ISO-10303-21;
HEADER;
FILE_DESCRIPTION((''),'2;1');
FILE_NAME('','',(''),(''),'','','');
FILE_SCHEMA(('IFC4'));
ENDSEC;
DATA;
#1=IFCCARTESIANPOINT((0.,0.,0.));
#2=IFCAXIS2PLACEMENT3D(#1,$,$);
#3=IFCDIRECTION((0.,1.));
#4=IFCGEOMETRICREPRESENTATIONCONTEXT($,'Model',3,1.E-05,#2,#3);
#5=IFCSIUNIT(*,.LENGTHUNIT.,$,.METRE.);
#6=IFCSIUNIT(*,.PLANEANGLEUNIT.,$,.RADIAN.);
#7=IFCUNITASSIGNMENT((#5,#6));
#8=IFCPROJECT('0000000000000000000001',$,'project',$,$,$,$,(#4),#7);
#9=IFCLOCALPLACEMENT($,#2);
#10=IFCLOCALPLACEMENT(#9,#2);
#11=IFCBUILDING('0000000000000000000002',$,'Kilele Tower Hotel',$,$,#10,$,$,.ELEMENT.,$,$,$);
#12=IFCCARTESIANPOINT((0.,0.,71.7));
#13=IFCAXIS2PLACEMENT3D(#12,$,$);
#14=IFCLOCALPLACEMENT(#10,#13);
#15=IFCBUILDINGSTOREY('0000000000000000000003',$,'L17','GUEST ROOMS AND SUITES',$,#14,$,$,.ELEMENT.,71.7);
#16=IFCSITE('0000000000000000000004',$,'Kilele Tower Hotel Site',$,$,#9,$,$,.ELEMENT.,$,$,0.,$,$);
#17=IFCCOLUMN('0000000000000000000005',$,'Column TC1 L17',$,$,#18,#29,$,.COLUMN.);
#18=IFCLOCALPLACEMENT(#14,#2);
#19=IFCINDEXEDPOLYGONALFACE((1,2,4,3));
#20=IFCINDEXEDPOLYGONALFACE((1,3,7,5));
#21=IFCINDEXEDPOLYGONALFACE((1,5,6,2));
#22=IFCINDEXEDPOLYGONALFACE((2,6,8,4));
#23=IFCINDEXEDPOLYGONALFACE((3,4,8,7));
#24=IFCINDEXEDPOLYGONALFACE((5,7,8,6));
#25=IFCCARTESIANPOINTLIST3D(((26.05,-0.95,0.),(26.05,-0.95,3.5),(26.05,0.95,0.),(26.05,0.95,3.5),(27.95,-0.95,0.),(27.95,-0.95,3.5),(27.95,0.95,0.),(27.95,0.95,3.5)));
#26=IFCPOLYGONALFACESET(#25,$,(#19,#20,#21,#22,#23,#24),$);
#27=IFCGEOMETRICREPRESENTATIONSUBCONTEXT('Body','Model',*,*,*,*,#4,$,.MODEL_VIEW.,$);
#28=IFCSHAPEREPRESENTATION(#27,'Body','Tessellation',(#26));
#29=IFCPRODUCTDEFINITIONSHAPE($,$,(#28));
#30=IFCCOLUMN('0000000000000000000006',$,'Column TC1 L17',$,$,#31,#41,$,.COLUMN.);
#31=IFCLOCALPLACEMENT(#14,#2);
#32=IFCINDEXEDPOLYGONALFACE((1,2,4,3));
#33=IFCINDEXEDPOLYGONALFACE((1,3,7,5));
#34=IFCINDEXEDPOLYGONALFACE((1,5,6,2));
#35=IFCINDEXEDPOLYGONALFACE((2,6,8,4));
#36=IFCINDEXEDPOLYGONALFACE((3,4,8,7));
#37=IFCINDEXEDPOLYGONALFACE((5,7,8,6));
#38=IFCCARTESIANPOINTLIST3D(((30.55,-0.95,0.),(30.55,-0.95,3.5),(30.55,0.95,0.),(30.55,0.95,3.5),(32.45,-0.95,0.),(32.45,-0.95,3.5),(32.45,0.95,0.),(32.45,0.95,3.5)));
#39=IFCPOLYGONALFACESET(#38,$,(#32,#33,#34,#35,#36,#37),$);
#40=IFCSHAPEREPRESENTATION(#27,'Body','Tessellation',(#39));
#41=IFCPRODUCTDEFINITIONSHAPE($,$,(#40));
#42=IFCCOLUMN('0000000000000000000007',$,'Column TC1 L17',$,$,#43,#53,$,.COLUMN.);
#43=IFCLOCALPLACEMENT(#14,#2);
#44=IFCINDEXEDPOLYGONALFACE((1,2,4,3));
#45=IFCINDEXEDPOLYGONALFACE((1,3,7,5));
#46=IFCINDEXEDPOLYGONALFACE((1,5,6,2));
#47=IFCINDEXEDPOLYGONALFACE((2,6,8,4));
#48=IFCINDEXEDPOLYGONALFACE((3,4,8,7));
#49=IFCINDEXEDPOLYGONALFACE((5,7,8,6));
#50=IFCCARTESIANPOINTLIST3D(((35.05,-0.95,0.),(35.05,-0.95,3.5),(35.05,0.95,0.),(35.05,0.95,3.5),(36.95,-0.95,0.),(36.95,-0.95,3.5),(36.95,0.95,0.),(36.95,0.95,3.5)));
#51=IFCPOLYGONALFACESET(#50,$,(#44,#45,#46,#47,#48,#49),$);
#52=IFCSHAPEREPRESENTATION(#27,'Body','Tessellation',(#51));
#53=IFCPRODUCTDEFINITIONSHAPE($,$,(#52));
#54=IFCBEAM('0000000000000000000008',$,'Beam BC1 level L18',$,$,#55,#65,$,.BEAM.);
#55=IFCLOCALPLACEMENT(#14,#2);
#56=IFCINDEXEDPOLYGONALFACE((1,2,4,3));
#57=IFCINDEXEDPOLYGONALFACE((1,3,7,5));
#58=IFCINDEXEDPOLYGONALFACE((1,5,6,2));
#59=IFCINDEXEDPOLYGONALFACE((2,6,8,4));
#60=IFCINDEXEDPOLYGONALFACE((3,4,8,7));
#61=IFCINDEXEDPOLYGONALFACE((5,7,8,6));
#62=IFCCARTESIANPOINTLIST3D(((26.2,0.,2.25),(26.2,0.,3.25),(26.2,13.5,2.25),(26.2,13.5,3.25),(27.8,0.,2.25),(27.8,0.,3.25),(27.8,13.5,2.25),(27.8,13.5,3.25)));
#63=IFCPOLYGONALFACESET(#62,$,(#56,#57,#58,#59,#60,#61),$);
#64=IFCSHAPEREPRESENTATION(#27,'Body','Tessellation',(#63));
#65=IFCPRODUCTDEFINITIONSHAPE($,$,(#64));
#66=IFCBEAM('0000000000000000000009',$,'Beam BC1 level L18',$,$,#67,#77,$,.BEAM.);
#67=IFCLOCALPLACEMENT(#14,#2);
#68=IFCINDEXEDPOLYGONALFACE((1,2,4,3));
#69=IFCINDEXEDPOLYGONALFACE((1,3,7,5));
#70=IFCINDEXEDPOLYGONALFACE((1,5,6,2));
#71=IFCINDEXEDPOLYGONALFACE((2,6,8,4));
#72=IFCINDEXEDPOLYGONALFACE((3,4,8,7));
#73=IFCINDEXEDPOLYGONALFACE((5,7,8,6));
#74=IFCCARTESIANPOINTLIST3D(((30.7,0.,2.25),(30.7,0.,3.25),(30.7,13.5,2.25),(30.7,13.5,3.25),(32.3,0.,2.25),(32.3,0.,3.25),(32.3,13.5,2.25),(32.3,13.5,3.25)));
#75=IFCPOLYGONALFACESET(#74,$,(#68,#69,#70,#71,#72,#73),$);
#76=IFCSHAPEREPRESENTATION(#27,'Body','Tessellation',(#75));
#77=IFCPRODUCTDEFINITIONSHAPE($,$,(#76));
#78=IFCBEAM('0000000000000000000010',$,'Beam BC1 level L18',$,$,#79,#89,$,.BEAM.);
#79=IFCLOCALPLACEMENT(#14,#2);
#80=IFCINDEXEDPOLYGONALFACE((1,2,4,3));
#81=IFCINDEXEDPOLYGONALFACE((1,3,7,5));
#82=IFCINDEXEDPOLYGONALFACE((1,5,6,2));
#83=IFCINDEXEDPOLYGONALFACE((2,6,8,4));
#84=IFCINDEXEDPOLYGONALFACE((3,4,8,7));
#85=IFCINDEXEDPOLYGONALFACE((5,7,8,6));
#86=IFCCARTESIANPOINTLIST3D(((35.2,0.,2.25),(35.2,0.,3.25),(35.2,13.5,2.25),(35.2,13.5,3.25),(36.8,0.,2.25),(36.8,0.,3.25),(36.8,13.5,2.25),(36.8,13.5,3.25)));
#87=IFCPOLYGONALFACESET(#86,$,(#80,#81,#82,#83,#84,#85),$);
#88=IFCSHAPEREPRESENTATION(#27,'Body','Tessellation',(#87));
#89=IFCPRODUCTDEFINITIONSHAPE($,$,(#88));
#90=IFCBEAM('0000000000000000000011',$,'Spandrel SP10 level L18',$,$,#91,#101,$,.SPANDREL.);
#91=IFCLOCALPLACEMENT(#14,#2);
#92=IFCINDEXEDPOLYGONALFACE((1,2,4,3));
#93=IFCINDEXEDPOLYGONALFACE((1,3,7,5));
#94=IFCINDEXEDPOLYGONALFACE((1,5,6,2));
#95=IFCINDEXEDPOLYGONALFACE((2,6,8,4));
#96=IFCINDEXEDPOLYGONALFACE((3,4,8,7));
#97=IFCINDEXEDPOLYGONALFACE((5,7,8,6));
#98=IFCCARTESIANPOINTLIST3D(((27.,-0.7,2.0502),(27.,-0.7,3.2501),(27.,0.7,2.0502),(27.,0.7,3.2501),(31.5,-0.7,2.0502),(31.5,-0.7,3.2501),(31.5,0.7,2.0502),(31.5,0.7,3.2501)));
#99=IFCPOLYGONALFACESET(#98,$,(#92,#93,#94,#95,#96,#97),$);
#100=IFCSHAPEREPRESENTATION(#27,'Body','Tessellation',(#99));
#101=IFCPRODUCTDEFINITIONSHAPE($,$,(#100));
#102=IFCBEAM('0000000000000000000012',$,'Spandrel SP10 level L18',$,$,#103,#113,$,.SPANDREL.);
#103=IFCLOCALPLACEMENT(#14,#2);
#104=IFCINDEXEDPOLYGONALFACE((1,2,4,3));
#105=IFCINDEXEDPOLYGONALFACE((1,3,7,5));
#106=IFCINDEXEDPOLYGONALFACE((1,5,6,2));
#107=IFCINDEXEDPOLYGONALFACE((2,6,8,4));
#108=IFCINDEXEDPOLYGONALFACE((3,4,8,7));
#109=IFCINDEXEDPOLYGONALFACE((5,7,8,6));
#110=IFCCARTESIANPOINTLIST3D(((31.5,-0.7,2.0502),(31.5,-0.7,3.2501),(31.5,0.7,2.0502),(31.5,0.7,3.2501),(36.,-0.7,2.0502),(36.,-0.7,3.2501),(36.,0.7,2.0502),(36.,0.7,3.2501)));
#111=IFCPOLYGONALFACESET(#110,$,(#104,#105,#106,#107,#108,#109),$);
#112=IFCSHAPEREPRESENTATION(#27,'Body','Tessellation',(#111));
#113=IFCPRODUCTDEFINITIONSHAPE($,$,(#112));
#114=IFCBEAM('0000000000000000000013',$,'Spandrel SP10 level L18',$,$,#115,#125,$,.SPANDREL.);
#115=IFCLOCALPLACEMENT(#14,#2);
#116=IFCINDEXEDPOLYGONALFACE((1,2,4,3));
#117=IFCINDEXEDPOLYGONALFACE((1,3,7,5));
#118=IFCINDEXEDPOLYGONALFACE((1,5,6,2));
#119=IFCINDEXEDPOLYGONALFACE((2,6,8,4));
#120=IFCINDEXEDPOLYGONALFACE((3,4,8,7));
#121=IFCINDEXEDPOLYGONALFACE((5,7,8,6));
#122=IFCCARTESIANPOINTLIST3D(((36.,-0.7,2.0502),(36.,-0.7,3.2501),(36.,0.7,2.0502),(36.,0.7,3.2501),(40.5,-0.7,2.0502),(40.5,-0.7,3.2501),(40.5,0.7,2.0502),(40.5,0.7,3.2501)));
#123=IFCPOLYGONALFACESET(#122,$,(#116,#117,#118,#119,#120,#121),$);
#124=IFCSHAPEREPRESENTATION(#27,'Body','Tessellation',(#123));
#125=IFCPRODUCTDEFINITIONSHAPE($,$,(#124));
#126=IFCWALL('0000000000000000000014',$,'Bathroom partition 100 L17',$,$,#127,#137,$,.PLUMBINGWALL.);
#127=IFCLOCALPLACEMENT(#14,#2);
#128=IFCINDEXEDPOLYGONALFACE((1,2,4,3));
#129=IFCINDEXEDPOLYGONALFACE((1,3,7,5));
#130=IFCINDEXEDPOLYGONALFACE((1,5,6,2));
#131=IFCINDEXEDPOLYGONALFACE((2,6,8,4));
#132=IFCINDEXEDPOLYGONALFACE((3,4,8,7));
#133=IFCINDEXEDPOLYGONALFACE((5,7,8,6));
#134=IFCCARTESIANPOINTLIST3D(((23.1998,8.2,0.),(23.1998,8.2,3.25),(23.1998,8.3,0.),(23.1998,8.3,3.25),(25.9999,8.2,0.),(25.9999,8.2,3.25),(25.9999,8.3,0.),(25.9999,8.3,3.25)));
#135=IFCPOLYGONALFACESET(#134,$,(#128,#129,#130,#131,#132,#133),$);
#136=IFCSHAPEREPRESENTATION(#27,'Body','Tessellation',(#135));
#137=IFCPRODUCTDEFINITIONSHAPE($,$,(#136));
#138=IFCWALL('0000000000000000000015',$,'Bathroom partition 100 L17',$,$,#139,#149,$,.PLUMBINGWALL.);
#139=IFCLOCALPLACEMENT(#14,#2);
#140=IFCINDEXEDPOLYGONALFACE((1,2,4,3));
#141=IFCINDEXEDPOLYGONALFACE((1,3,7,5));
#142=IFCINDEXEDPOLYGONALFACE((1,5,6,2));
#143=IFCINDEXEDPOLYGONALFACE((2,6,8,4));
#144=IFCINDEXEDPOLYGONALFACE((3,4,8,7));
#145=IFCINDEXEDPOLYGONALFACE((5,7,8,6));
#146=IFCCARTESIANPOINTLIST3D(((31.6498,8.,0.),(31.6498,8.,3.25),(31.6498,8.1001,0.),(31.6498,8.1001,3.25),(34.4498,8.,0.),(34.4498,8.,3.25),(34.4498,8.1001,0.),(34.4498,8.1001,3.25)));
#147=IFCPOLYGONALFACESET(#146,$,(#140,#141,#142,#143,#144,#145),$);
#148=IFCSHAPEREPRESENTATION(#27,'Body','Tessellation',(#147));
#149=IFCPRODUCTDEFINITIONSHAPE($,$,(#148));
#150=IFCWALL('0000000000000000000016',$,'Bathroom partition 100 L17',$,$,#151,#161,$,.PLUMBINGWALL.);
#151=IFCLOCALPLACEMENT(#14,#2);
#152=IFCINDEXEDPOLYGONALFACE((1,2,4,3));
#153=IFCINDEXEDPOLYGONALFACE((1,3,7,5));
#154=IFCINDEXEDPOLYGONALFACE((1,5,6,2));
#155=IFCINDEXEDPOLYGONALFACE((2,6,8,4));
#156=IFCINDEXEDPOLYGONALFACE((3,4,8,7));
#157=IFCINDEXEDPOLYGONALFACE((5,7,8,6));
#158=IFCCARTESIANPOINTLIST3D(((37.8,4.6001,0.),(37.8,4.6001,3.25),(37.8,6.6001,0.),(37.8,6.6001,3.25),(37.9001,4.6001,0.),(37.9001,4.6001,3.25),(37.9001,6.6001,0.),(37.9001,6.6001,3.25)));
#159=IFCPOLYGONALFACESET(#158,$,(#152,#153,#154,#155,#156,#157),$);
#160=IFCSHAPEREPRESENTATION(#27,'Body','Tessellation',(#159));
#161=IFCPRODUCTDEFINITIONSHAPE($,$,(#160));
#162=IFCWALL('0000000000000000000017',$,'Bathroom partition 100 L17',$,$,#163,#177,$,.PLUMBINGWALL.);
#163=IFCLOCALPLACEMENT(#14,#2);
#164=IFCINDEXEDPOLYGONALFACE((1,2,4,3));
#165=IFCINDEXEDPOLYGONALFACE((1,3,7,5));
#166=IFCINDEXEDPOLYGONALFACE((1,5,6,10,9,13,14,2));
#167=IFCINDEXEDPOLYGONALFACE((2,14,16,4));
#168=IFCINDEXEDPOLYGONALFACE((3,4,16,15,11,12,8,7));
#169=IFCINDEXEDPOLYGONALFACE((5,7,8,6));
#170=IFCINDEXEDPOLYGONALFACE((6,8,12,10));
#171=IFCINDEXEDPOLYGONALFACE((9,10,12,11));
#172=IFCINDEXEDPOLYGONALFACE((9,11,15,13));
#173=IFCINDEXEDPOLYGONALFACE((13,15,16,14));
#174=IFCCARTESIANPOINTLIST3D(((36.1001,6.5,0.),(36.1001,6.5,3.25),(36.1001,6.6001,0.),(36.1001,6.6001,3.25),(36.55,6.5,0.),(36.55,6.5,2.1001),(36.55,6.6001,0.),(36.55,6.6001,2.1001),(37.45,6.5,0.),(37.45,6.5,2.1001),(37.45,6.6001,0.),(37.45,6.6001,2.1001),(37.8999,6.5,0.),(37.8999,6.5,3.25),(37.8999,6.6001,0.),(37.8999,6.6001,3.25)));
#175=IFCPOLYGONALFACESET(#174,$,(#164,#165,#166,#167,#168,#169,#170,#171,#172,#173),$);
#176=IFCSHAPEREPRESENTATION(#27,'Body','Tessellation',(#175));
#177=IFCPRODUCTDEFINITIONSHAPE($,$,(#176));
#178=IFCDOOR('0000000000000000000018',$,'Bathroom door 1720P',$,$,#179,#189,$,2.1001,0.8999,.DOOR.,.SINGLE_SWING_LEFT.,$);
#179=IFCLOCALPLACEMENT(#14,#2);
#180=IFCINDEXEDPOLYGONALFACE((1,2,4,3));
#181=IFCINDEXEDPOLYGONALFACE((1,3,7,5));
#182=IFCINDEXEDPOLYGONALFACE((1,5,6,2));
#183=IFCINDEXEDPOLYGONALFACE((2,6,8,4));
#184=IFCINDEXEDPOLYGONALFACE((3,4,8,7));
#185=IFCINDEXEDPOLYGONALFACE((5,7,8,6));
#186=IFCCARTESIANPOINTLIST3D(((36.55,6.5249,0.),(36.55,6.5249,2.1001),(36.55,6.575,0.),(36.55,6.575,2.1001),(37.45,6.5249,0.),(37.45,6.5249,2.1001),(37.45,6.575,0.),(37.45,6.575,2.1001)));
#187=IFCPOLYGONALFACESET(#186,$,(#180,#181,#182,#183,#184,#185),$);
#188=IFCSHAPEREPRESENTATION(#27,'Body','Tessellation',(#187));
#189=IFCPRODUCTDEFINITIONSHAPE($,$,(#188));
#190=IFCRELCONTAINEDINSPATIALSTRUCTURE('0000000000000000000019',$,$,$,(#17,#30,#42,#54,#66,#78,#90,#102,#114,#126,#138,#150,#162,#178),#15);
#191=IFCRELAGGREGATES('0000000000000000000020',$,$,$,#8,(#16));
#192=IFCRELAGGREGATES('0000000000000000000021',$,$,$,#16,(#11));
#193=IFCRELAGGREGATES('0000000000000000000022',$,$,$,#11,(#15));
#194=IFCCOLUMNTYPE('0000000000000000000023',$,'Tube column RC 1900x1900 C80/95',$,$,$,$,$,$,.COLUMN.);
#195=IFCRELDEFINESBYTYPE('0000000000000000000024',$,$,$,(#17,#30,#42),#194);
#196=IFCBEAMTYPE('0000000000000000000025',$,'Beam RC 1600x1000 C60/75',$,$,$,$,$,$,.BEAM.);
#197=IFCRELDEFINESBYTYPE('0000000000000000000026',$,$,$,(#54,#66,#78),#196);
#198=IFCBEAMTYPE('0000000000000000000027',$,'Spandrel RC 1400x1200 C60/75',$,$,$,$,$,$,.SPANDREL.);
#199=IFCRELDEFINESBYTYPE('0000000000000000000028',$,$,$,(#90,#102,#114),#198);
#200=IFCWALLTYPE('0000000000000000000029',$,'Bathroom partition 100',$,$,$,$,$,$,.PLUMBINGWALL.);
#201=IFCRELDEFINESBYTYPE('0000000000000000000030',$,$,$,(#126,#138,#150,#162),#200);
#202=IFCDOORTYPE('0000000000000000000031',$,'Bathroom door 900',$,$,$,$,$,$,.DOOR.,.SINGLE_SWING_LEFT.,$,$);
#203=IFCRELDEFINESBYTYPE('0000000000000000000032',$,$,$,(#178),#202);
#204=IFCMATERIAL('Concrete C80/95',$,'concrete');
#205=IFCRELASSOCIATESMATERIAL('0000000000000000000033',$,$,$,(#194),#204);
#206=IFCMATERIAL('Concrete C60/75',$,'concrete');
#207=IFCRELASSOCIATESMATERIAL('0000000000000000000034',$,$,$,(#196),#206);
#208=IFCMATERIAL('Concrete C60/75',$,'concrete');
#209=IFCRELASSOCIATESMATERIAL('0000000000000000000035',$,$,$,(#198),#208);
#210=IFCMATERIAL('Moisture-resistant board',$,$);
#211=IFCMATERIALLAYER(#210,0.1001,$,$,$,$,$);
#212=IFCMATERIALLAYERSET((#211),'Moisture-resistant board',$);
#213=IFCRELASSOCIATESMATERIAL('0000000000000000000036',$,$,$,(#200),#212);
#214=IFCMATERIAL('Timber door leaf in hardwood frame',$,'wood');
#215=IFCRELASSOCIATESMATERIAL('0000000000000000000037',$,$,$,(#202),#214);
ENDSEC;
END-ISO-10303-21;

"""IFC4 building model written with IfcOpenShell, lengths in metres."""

from ifc_helpers import new_model, si_unit, direction, frame, frame_2d, origin, origin_2d, place, context, subcontext, project, spatial, rectangle, extrude, material, layer, layer_set, material_profile, profile_set, type_object, element, fill, save


model = new_model("IFC4")

# Units and contexts
model_context = context("Model", 3, precision=1e-05, world=origin(), true_north=direction((0.0, 1.0)))
body_context = subcontext(model_context, "Body", "Model", "MODEL_VIEW")
ifc_project = project(units=[si_unit("LENGTHUNIT", "METRE"), si_unit("PLANEANGLEUNIT", "RADIAN")], contexts=[model_context])

# Site, building, storey
site_placement = place(None, origin())
site = spatial("IfcSite", under=ifc_project, at=site_placement, Name="Kilele Tower Hotel Site", CompositionType="ELEMENT", RefElevation=0.0)
building_placement = place(site_placement, origin())
building = spatial("IfcBuilding", under=site, at=building_placement, Name="Kilele Tower Hotel", CompositionType="ELEMENT")
storey_placement = place(building_placement, frame((0.0, 0.0, 71.7)))
storey = spatial("IfcBuildingStorey", under=building, at=storey_placement, Name="L17", Description="GUEST ROOMS AND SUITES", CompositionType="ELEMENT", Elevation=71.7)

# Columns
ifc_material_1 = material(Name="Concrete C80/95", Category="concrete")
ifc_material_profile_1 = material_profile(ifc_material_1, rectangle(XDim=1.8999, YDim=1.8999, at=origin_2d()))
ifc_profile_set_1 = profile_set([ifc_material_profile_1], Name="Concrete C80/95")
column_type = type_object("IfcColumnType", Name="Tube column RC 1900x1900 C80/95", PredefinedType="COLUMN", material=ifc_profile_set_1)
for number, where, z_axis, x_axis, name in (
    (1, (27.0, 0.0, 0.0), (0.0, 0.0, 1.0), (1.0, 0.0, 0.0), "Column TC1 L17"),
    (2, (31.5, 0.0, 0.0), (0.0, 0.0, 1.0), (1.0, 0.0, 0.0), "Column TC1 L17"),
    (3, (36.0, 0.0, 0.0), (0.0, 0.0, 1.0), (1.0, 0.0, 0.0), "Column TC1 L17"),
):
    element("IfcColumn", number, at=place(storey_placement, frame(where, z_axis=z_axis, x_axis=x_axis)), inside=storey, type_object=column_type, Name=name, PredefinedType="COLUMN", context=body_context, shape_type="SweptSolid", body=[
        extrude(rectangle(XDim=1.8999, YDim=1.8999, at=origin_2d()), origin(), (0.0, 0.0, 1.0), 3.5),
    ])

# Beams
ifc_material_2 = material(Name="Concrete C60/75", Category="concrete")
ifc_material_profile_2 = material_profile(ifc_material_2, rectangle(XDim=1.6001, YDim=1.0, at=origin_2d()))
ifc_profile_set_2 = profile_set([ifc_material_profile_2], Name="Concrete C60/75")
beam_type_1 = type_object("IfcBeamType", Name="Beam RC 1600x1000 C60/75", PredefinedType="BEAM", material=ifc_profile_set_2)
for number, where, z_axis, x_axis, name in (
    (4, (27.0, 0.0, 2.75), (0.0, 1.0, 0.0), (-1.0, 0.0, 0.0), "Beam BC1 level L18"),
    (5, (31.5, 0.0, 2.75), (0.0, 1.0, 0.0), (-1.0, 0.0, 0.0), "Beam BC1 level L18"),
    (6, (36.0, 0.0, 2.75), (0.0, 1.0, 0.0), (-1.0, 0.0, 0.0), "Beam BC1 level L18"),
):
    element("IfcBeam", number, at=place(storey_placement, frame(where, z_axis=z_axis, x_axis=x_axis)), inside=storey, type_object=beam_type_1, Name=name, PredefinedType="BEAM", context=body_context, shape_type="SweptSolid", body=[
        extrude(rectangle(XDim=1.6001, YDim=1.0, at=origin_2d()), origin(), (0.0, 0.0, 1.0), 13.5),
    ])
ifc_material_3 = material(Name="Concrete C60/75", Category="concrete")
ifc_material_profile_3 = material_profile(ifc_material_3, rectangle(XDim=1.3999, YDim=1.2, at=origin_2d()))
ifc_profile_set_3 = profile_set([ifc_material_profile_3], Name="Concrete C60/75")
beam_type_2 = type_object("IfcBeamType", Name="Spandrel RC 1400x1200 C60/75", PredefinedType="SPANDREL", material=ifc_profile_set_3)
for number, where, z_axis, x_axis, name in (
    (7, (27.0, 0.0, 2.6501), (1.0, 0.0, 0.0), (0.0, 1.0, 0.0), "Spandrel SP10 level L18"),
    (8, (31.5, 0.0, 2.6501), (1.0, 0.0, 0.0), (0.0, 1.0, 0.0), "Spandrel SP10 level L18"),
    (9, (36.0, 0.0, 2.6501), (1.0, 0.0, 0.0), (0.0, 1.0, 0.0), "Spandrel SP10 level L18"),
):
    element("IfcBeam", number, at=place(storey_placement, frame(where, z_axis=z_axis, x_axis=x_axis)), inside=storey, type_object=beam_type_2, Name=name, PredefinedType="SPANDREL", context=body_context, shape_type="SweptSolid", body=[
        extrude(rectangle(XDim=1.3999, YDim=1.2, at=origin_2d()), origin(), (0.0, 0.0, 1.0), 4.5),
    ])

# Walls
ifc_material_4 = material(Name="Moisture-resistant board")
ifc_layer_1 = layer(ifc_material_4, 0.1001)
ifc_layer_set_1 = layer_set([ifc_layer_1], Name="Moisture-resistant board")
wall_type_1 = type_object("IfcWallType", Name="Bathroom partition 100", PredefinedType="PLUMBINGWALL", material=ifc_layer_set_1)
for number, where, z_axis, x_axis, name in (
    (10, (23.2, 8.25, 0.0), (0.0, 0.0, 1.0), (1.0, 0.0, 0.0), "Bathroom partition 100 L17"),
    (11, (31.6499, 8.05, 0.0), (0.0, 0.0, 1.0), (1.0, 0.0, 0.0), "Bathroom partition 100 L17"),
):
    element("IfcWall", number, at=place(storey_placement, frame(where, z_axis=z_axis, x_axis=x_axis)), inside=storey, type_object=wall_type_1, Name=name, PredefinedType="PLUMBINGWALL", context=body_context, shape_type="SweptSolid", body=[
        extrude(rectangle(XDim=2.8, YDim=0.1001, at=frame_2d((1.3999, 0.0))), origin(), (0.0, 0.0, 1.0), 3.25),
    ])
wall_1_placement = place(storey_placement, frame((37.8501, 4.6001, 0.0), z_axis=(0.0, 0.0, 1.0), x_axis=(0.0, 1.0, 0.0)))
element("IfcWall", 12, at=wall_1_placement, inside=storey, type_object=wall_type_1, Name="Bathroom partition 100 L17", PredefinedType="PLUMBINGWALL", context=body_context, shape_type="SweptSolid", body=[
    extrude(rectangle(XDim=2.0, YDim=0.1001, at=frame_2d((1.0, 0.0))), origin(), (0.0, 0.0, 1.0), 3.25),
])

# Wall, opening, door
wall_2_placement = place(storey_placement, frame((36.1001, 6.55, 0.0), z_axis=(0.0, 0.0, 1.0), x_axis=(1.0, 0.0, 0.0)))
wall_2 = element("IfcWall", 13, at=wall_2_placement, inside=storey, type_object=wall_type_1, Name="Bathroom partition 100 L17", PredefinedType="PLUMBINGWALL", context=body_context, shape_type="SweptSolid", body=[
    extrude(rectangle(XDim=1.7998, YDim=0.1001, at=frame_2d((0.8999, 0.0))), origin(), (0.0, 0.0, 1.0), 3.25),
])
opening_1_placement = place(wall_2_placement, frame((0.45, 0.0, 0.0)))
opening_1 = element("IfcOpeningElement", 14, at=opening_1_placement, cuts=wall_2, PredefinedType="OPENING", context=body_context, shape_type="SweptSolid", body=[
    extrude(rectangle(XDim=0.8999, YDim=2.1001, at=frame_2d((0.45, 1.05))), frame((0.0, 0.0601, 0.0), z_axis=(0.0, -1.0, 0.0), x_axis=(1.0, 0.0, 0.0)), (0.0, 0.0, 1.0), 0.1201),
])
ifc_material_5 = material(Name="Timber door leaf in hardwood frame", Category="wood")
door_type_1 = type_object("IfcDoorType", Name="Bathroom door 900", OperationType="SINGLE_SWING_LEFT", PredefinedType="DOOR", material=ifc_material_5)
door_1_placement = place(opening_1_placement, origin())
door_1 = element("IfcDoor", 15, at=door_1_placement, inside=storey, type_object=door_type_1, Name="Bathroom door 1720P", OperationType="SINGLE_SWING_LEFT", OverallHeight=2.1001, OverallWidth=0.8999, PredefinedType="DOOR", context=body_context, shape_type="SweptSolid", body=[
    extrude(rectangle(XDim=0.8999, YDim=2.1001, at=frame_2d((0.45, 1.05))), frame((0.0, 0.0249, 0.0), z_axis=(0.0, -1.0, 0.0), x_axis=(1.0, 0.0, 0.0)), (0.0, 0.0, 1.0), 0.05),
])
fill(opening_1, door_1)

save(model, "model.ifc")
